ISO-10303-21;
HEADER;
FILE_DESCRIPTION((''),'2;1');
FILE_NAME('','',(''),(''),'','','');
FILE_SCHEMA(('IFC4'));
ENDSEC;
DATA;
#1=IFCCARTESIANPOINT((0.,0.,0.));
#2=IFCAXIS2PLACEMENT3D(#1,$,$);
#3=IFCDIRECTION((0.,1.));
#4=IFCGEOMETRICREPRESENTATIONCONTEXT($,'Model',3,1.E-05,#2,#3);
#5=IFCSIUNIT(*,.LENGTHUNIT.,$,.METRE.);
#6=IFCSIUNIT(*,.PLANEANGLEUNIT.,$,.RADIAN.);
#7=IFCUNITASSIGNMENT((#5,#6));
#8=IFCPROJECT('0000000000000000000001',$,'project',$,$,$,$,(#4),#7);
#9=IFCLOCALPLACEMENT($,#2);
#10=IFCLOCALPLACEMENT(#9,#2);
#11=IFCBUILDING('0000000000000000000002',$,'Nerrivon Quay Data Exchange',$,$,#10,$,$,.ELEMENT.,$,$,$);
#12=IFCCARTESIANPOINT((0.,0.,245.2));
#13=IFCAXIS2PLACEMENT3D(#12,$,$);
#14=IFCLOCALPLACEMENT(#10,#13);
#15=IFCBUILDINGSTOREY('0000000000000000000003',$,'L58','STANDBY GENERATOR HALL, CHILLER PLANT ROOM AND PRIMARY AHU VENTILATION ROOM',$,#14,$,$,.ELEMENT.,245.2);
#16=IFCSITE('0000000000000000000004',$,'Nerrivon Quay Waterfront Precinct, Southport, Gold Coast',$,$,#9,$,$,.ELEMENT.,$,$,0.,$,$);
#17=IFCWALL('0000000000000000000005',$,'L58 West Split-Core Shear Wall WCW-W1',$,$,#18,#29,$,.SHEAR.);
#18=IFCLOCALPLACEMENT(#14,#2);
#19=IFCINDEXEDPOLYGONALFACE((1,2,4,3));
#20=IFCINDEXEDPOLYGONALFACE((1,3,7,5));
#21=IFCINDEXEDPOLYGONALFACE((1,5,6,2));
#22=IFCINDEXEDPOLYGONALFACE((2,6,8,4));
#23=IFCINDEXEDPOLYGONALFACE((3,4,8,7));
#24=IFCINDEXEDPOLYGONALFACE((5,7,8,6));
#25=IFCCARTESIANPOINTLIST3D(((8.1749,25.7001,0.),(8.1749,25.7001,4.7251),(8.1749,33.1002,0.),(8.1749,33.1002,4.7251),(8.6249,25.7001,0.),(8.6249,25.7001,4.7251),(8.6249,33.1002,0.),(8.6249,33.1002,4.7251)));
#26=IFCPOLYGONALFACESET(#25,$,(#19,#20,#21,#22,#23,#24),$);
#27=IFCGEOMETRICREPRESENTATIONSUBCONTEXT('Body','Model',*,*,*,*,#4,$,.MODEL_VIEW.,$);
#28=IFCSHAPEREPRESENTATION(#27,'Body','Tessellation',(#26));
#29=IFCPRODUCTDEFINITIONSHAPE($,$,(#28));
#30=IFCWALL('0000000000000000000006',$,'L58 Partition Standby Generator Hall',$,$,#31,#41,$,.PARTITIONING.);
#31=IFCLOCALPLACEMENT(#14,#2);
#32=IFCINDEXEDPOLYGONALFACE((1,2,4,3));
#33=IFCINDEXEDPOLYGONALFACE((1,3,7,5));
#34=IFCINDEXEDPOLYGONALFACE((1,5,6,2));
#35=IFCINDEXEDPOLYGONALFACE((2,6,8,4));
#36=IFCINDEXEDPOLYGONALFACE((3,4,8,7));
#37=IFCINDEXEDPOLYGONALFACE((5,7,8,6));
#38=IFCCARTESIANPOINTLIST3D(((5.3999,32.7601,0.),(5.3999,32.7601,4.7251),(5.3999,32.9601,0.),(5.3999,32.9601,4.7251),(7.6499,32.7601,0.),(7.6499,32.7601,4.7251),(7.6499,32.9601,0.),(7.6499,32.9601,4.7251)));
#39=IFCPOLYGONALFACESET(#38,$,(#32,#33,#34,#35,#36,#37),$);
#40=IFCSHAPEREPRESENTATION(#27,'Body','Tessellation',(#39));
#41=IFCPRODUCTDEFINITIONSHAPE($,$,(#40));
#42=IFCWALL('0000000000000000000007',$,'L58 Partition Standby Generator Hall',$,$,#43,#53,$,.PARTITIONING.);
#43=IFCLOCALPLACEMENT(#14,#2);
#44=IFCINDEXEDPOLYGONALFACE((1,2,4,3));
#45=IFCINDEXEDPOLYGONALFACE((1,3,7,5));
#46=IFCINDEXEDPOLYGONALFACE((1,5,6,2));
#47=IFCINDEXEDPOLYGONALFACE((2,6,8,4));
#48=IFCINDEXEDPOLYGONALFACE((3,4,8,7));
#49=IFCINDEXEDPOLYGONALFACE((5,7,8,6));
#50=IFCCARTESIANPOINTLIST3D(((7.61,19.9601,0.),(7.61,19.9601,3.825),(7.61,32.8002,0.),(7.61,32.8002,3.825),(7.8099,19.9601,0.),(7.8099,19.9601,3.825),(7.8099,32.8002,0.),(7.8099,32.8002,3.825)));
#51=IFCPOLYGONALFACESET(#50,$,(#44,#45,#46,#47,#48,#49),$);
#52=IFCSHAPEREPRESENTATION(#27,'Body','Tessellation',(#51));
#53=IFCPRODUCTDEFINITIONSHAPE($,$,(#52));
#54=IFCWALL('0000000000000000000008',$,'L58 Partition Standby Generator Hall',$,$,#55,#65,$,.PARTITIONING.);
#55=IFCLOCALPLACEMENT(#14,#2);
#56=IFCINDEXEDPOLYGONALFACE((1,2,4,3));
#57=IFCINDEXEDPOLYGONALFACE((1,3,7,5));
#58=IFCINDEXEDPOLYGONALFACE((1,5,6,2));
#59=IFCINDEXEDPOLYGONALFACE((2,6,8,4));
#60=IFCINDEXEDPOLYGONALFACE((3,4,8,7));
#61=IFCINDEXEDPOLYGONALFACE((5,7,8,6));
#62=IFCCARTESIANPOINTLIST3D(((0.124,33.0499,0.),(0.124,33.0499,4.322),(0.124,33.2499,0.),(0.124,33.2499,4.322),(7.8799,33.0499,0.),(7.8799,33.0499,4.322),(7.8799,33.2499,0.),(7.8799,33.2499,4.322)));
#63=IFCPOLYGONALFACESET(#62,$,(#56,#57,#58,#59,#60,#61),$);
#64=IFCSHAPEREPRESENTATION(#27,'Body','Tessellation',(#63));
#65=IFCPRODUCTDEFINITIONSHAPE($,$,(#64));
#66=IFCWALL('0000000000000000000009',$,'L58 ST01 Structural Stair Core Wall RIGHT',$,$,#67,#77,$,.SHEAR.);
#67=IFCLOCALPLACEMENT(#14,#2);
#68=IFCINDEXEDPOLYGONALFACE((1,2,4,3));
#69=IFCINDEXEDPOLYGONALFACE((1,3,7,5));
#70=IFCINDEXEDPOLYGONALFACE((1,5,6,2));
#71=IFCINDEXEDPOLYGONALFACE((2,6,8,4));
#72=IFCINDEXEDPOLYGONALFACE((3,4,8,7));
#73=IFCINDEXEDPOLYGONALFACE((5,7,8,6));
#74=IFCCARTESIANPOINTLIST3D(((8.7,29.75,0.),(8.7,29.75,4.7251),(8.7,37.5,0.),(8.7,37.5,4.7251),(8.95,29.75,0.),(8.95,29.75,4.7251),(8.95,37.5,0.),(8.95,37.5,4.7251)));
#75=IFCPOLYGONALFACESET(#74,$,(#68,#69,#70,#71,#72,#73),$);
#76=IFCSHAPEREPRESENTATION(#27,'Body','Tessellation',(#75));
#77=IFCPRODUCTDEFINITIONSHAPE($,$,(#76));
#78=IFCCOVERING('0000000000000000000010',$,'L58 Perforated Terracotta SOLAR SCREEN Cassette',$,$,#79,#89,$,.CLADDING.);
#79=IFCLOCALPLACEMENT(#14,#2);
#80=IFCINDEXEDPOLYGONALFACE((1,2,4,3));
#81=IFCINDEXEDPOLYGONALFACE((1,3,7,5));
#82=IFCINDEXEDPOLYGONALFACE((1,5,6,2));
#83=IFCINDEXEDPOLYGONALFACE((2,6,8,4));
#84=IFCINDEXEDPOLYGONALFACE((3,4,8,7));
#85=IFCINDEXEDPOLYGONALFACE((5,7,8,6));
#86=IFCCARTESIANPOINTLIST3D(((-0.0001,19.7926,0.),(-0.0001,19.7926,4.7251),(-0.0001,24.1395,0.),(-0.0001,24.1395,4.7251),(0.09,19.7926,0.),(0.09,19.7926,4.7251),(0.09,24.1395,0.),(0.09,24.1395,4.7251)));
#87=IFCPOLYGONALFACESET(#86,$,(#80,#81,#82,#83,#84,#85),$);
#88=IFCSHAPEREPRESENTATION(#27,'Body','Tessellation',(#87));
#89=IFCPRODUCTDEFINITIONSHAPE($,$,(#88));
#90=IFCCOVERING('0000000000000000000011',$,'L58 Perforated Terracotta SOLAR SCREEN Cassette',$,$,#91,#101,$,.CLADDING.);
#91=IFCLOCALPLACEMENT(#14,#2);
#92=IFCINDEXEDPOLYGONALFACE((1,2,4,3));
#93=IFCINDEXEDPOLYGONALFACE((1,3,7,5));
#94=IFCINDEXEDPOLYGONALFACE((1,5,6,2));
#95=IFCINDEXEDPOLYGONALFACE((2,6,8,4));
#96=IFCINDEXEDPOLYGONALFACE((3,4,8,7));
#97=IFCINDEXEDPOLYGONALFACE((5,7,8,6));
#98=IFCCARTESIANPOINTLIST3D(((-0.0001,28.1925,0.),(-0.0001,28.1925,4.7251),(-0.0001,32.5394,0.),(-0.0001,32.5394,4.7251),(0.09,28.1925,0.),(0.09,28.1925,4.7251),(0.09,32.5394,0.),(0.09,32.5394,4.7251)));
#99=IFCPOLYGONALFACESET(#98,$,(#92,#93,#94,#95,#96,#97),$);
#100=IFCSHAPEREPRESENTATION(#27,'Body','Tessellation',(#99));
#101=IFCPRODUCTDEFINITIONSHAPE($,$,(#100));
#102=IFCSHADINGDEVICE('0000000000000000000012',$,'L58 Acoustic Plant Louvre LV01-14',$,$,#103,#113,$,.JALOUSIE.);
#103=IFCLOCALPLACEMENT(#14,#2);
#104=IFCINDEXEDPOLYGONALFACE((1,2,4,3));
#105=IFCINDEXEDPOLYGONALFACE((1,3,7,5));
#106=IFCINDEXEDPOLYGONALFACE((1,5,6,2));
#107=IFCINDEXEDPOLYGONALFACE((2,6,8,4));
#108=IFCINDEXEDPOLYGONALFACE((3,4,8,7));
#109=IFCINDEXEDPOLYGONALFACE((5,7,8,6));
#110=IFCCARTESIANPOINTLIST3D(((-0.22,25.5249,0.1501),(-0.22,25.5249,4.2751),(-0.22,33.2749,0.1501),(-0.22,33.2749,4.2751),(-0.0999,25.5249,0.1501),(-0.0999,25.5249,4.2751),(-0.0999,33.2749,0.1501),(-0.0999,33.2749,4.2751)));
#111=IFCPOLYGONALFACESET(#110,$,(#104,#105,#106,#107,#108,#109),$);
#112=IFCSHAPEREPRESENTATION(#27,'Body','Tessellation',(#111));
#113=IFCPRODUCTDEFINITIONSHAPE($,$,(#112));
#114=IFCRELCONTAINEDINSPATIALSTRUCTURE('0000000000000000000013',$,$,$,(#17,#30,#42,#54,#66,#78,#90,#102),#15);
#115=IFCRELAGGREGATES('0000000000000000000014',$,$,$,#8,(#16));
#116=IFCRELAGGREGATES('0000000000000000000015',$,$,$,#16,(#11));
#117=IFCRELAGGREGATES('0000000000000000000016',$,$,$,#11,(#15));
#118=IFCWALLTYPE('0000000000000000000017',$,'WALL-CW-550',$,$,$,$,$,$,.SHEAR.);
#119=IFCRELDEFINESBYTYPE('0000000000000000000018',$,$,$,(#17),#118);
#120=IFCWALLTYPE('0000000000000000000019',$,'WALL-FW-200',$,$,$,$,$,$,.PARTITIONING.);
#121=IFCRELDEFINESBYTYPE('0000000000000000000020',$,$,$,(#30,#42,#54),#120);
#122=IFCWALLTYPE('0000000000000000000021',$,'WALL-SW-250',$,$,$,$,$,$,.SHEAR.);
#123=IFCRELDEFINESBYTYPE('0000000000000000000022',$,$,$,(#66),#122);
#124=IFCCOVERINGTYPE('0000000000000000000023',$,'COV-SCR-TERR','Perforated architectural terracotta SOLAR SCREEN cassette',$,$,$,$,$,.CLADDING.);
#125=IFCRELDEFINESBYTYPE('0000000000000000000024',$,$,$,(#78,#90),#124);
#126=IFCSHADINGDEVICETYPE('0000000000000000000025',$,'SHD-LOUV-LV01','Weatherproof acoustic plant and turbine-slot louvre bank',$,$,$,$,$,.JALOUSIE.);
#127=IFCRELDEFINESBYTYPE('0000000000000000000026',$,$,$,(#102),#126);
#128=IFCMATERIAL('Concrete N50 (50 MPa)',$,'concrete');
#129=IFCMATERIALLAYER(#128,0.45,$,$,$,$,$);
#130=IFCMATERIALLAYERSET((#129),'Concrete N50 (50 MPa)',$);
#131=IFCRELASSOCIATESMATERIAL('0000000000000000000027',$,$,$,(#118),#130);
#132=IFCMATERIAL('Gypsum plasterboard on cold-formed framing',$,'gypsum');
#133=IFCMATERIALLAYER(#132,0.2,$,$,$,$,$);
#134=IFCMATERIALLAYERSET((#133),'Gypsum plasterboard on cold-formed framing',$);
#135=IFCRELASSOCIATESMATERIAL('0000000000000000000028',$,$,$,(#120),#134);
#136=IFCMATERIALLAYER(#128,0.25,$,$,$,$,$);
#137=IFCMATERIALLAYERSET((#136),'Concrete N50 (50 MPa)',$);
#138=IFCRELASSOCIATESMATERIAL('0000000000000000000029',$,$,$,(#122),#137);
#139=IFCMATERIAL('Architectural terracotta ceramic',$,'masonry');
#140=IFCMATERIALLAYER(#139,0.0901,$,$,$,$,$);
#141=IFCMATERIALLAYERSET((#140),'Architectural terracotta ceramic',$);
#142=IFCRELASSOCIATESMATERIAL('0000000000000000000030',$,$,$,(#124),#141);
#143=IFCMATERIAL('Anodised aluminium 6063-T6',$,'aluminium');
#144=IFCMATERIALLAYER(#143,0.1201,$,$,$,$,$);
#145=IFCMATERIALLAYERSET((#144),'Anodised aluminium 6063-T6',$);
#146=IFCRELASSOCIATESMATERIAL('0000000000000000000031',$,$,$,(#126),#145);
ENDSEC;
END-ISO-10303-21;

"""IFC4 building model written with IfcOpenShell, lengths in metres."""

from ifc_helpers import new_model, si_unit, direction, frame, frame_2d, origin, origin_2d, place, context, subcontext, project, spatial, rectangle, extrude, material, layer, layer_set, type_object, element, save


model = new_model("IFC4")

# Units and contexts
model_context = context("Model", 3, precision=1e-05, world=origin(), true_north=direction((0.0, 1.0)))
body_context = subcontext(model_context, "Body", "Model", "MODEL_VIEW")
ifc_project = project(units=[si_unit("LENGTHUNIT", "METRE"), si_unit("PLANEANGLEUNIT", "RADIAN")], contexts=[model_context])

# Site, building, storey
site_placement = place(None, origin())
site = spatial("IfcSite", under=ifc_project, at=site_placement, Name="Nerrivon Quay Waterfront Precinct, Southport, Gold Coast", CompositionType="ELEMENT", RefElevation=0.0)
building_placement = place(site_placement, origin())
building = spatial("IfcBuilding", under=site, at=building_placement, Name="Nerrivon Quay Data Exchange", CompositionType="ELEMENT")
storey_placement = place(building_placement, frame((0.0, 0.0, 245.2)))
storey = spatial("IfcBuildingStorey", under=building, at=storey_placement, Name="L58", Description="STANDBY GENERATOR HALL, CHILLER PLANT ROOM AND PRIMARY AHU VENTILATION ROOM", CompositionType="ELEMENT", Elevation=245.2)

# Walls
ifc_material_1 = material(Name="Concrete N50 (50 MPa)", Category="concrete")
ifc_layer_1 = layer(ifc_material_1, 0.45)
ifc_layer_set_1 = layer_set([ifc_layer_1], Name="Concrete N50 (50 MPa)")
wall_type_1 = type_object("IfcWallType", Name="WALL-CW-550", PredefinedType="SHEAR", material=ifc_layer_set_1)
wall_1_placement = place(storey_placement, frame((8.3999, 25.7, 0.0), z_axis=(0.0, 0.0, 1.0), x_axis=(0.0, 1.0, 0.0)))
element("IfcWall", 1, at=wall_1_placement, inside=storey, type_object=wall_type_1, Name="L58 West Split-Core Shear Wall WCW-W1", PredefinedType="SHEAR", context=body_context, shape_type="SweptSolid", body=[
    extrude(rectangle(XDim=7.4001, YDim=0.45, at=frame_2d((3.7002, 0.0))), origin(), (0.0, 0.0, 1.0), 4.7251),
])
ifc_material_2 = material(Name="Gypsum plasterboard on cold-formed framing", Category="gypsum")
ifc_layer_2 = layer(ifc_material_2, 0.2)
ifc_layer_set_2 = layer_set([ifc_layer_2], Name="Gypsum plasterboard on cold-formed framing")
wall_type_2 = type_object("IfcWallType", Name="WALL-FW-200", PredefinedType="PARTITIONING", material=ifc_layer_set_2)
wall_2_placement = place(storey_placement, frame((5.3999, 32.8601, 0.0), z_axis=(0.0, 0.0, 1.0), x_axis=(1.0, 0.0, 0.0)))
element("IfcWall", 2, at=wall_2_placement, inside=storey, type_object=wall_type_2, Name="L58 Partition Standby Generator Hall", PredefinedType="PARTITIONING", context=body_context, shape_type="SweptSolid", body=[
    extrude(rectangle(XDim=2.25, YDim=0.2, at=frame_2d((1.125, 0.0))), origin(), (0.0, 0.0, 1.0), 4.7251),
])
wall_3_placement = place(storey_placement, frame((7.71, 32.8, 0.0), z_axis=(0.0, 0.0, 1.0), x_axis=(0.0, -1.0, 0.0)))
element("IfcWall", 3, at=wall_3_placement, inside=storey, type_object=wall_type_2, Name="L58 Partition Standby Generator Hall", PredefinedType="PARTITIONING", context=body_context, shape_type="SweptSolid", body=[
    extrude(rectangle(XDim=12.8401, YDim=0.2, at=frame_2d((6.4199, 0.0))), origin(), (0.0, 0.0, 1.0), 3.825),
])
wall_4_placement = place(storey_placement, frame((7.8799, 33.1499, 0.0), z_axis=(0.0, 0.0, 1.0), x_axis=(-1.0, 0.0, 0.0)))
element("IfcWall", 4, at=wall_4_placement, inside=storey, type_object=wall_type_2, Name="L58 Partition Standby Generator Hall", PredefinedType="PARTITIONING", context=body_context, shape_type="SweptSolid", body=[
    extrude(rectangle(XDim=7.7559, YDim=0.2, at=frame_2d((3.8779, 0.0))), origin(), (0.0, 0.0, 1.0), 4.322),
])
ifc_layer_3 = layer(ifc_material_1, 0.25)
ifc_layer_set_3 = layer_set([ifc_layer_3], Name="Concrete N50 (50 MPa)")
wall_type_3 = type_object("IfcWallType", Name="WALL-SW-250", PredefinedType="SHEAR", material=ifc_layer_set_3)
wall_5_placement = place(storey_placement, frame((8.825, 29.75, 0.0), z_axis=(0.0, 0.0, 1.0), x_axis=(0.0, 1.0, 0.0)))
element("IfcWall", 5, at=wall_5_placement, inside=storey, type_object=wall_type_3, Name="L58 ST01 Structural Stair Core Wall RIGHT", PredefinedType="SHEAR", context=body_context, shape_type="SweptSolid", body=[
    extrude(rectangle(XDim=7.75, YDim=0.25, at=frame_2d((3.875, 0.0))), origin(), (0.0, 0.0, 1.0), 4.7251),
])

# Coverings
ifc_material_3 = material(Name="Architectural terracotta ceramic", Category="masonry")
ifc_layer_4 = layer(ifc_material_3, 0.0901)
ifc_layer_set_4 = layer_set([ifc_layer_4], Name="Architectural terracotta ceramic")
covering_type = type_object("IfcCoveringType", Name="COV-SCR-TERR", Description="Perforated architectural terracotta SOLAR SCREEN cassette", PredefinedType="CLADDING", material=ifc_layer_set_4)
for number, where, z_axis, x_axis, name in (
    (6, (0.0449, 21.9661, 0.0), (0.0, 0.0, 1.0), (0.0, 1.0, 0.0), "L58 Perforated Terracotta SOLAR SCREEN Cassette"),
    (7, (0.0449, 30.366, 0.0), (0.0, 0.0, 1.0), (0.0, 1.0, 0.0), "L58 Perforated Terracotta SOLAR SCREEN Cassette"),
):
    element("IfcCovering", number, at=place(storey_placement, frame(where, z_axis=z_axis, x_axis=x_axis)), inside=storey, type_object=covering_type, Name=name, PredefinedType="CLADDING", context=body_context, shape_type="SweptSolid", body=[
        extrude(rectangle(XDim=4.3469, YDim=0.0901, at=origin_2d()), origin(), (0.0, 0.0, 1.0), 4.7251),
    ])

# Shading device
ifc_material_4 = material(Name="Anodised aluminium 6063-T6", Category="aluminium")
ifc_layer_5 = layer(ifc_material_4, 0.1201)
ifc_layer_set_5 = layer_set([ifc_layer_5], Name="Anodised aluminium 6063-T6")
shading_device_type = type_object("IfcShadingDeviceType", Name="SHD-LOUV-LV01", Description="Weatherproof acoustic plant and turbine-slot louvre bank", PredefinedType="JALOUSIE", material=ifc_layer_set_5)
shading_device_placement = place(storey_placement, frame((-0.1599, 29.3999, 0.1501), z_axis=(0.0, 0.0, 1.0), x_axis=(0.0, 1.0, 0.0)))
element("IfcShadingDevice", 8, at=shading_device_placement, inside=storey, type_object=shading_device_type, Name="L58 Acoustic Plant Louvre LV01-14", PredefinedType="JALOUSIE", context=body_context, shape_type="SweptSolid", body=[
    extrude(rectangle(XDim=7.75, YDim=0.1201, at=origin_2d()), origin(), (0.0, 0.0, 1.0), 4.125),
])

save(model, "model.ifc")
